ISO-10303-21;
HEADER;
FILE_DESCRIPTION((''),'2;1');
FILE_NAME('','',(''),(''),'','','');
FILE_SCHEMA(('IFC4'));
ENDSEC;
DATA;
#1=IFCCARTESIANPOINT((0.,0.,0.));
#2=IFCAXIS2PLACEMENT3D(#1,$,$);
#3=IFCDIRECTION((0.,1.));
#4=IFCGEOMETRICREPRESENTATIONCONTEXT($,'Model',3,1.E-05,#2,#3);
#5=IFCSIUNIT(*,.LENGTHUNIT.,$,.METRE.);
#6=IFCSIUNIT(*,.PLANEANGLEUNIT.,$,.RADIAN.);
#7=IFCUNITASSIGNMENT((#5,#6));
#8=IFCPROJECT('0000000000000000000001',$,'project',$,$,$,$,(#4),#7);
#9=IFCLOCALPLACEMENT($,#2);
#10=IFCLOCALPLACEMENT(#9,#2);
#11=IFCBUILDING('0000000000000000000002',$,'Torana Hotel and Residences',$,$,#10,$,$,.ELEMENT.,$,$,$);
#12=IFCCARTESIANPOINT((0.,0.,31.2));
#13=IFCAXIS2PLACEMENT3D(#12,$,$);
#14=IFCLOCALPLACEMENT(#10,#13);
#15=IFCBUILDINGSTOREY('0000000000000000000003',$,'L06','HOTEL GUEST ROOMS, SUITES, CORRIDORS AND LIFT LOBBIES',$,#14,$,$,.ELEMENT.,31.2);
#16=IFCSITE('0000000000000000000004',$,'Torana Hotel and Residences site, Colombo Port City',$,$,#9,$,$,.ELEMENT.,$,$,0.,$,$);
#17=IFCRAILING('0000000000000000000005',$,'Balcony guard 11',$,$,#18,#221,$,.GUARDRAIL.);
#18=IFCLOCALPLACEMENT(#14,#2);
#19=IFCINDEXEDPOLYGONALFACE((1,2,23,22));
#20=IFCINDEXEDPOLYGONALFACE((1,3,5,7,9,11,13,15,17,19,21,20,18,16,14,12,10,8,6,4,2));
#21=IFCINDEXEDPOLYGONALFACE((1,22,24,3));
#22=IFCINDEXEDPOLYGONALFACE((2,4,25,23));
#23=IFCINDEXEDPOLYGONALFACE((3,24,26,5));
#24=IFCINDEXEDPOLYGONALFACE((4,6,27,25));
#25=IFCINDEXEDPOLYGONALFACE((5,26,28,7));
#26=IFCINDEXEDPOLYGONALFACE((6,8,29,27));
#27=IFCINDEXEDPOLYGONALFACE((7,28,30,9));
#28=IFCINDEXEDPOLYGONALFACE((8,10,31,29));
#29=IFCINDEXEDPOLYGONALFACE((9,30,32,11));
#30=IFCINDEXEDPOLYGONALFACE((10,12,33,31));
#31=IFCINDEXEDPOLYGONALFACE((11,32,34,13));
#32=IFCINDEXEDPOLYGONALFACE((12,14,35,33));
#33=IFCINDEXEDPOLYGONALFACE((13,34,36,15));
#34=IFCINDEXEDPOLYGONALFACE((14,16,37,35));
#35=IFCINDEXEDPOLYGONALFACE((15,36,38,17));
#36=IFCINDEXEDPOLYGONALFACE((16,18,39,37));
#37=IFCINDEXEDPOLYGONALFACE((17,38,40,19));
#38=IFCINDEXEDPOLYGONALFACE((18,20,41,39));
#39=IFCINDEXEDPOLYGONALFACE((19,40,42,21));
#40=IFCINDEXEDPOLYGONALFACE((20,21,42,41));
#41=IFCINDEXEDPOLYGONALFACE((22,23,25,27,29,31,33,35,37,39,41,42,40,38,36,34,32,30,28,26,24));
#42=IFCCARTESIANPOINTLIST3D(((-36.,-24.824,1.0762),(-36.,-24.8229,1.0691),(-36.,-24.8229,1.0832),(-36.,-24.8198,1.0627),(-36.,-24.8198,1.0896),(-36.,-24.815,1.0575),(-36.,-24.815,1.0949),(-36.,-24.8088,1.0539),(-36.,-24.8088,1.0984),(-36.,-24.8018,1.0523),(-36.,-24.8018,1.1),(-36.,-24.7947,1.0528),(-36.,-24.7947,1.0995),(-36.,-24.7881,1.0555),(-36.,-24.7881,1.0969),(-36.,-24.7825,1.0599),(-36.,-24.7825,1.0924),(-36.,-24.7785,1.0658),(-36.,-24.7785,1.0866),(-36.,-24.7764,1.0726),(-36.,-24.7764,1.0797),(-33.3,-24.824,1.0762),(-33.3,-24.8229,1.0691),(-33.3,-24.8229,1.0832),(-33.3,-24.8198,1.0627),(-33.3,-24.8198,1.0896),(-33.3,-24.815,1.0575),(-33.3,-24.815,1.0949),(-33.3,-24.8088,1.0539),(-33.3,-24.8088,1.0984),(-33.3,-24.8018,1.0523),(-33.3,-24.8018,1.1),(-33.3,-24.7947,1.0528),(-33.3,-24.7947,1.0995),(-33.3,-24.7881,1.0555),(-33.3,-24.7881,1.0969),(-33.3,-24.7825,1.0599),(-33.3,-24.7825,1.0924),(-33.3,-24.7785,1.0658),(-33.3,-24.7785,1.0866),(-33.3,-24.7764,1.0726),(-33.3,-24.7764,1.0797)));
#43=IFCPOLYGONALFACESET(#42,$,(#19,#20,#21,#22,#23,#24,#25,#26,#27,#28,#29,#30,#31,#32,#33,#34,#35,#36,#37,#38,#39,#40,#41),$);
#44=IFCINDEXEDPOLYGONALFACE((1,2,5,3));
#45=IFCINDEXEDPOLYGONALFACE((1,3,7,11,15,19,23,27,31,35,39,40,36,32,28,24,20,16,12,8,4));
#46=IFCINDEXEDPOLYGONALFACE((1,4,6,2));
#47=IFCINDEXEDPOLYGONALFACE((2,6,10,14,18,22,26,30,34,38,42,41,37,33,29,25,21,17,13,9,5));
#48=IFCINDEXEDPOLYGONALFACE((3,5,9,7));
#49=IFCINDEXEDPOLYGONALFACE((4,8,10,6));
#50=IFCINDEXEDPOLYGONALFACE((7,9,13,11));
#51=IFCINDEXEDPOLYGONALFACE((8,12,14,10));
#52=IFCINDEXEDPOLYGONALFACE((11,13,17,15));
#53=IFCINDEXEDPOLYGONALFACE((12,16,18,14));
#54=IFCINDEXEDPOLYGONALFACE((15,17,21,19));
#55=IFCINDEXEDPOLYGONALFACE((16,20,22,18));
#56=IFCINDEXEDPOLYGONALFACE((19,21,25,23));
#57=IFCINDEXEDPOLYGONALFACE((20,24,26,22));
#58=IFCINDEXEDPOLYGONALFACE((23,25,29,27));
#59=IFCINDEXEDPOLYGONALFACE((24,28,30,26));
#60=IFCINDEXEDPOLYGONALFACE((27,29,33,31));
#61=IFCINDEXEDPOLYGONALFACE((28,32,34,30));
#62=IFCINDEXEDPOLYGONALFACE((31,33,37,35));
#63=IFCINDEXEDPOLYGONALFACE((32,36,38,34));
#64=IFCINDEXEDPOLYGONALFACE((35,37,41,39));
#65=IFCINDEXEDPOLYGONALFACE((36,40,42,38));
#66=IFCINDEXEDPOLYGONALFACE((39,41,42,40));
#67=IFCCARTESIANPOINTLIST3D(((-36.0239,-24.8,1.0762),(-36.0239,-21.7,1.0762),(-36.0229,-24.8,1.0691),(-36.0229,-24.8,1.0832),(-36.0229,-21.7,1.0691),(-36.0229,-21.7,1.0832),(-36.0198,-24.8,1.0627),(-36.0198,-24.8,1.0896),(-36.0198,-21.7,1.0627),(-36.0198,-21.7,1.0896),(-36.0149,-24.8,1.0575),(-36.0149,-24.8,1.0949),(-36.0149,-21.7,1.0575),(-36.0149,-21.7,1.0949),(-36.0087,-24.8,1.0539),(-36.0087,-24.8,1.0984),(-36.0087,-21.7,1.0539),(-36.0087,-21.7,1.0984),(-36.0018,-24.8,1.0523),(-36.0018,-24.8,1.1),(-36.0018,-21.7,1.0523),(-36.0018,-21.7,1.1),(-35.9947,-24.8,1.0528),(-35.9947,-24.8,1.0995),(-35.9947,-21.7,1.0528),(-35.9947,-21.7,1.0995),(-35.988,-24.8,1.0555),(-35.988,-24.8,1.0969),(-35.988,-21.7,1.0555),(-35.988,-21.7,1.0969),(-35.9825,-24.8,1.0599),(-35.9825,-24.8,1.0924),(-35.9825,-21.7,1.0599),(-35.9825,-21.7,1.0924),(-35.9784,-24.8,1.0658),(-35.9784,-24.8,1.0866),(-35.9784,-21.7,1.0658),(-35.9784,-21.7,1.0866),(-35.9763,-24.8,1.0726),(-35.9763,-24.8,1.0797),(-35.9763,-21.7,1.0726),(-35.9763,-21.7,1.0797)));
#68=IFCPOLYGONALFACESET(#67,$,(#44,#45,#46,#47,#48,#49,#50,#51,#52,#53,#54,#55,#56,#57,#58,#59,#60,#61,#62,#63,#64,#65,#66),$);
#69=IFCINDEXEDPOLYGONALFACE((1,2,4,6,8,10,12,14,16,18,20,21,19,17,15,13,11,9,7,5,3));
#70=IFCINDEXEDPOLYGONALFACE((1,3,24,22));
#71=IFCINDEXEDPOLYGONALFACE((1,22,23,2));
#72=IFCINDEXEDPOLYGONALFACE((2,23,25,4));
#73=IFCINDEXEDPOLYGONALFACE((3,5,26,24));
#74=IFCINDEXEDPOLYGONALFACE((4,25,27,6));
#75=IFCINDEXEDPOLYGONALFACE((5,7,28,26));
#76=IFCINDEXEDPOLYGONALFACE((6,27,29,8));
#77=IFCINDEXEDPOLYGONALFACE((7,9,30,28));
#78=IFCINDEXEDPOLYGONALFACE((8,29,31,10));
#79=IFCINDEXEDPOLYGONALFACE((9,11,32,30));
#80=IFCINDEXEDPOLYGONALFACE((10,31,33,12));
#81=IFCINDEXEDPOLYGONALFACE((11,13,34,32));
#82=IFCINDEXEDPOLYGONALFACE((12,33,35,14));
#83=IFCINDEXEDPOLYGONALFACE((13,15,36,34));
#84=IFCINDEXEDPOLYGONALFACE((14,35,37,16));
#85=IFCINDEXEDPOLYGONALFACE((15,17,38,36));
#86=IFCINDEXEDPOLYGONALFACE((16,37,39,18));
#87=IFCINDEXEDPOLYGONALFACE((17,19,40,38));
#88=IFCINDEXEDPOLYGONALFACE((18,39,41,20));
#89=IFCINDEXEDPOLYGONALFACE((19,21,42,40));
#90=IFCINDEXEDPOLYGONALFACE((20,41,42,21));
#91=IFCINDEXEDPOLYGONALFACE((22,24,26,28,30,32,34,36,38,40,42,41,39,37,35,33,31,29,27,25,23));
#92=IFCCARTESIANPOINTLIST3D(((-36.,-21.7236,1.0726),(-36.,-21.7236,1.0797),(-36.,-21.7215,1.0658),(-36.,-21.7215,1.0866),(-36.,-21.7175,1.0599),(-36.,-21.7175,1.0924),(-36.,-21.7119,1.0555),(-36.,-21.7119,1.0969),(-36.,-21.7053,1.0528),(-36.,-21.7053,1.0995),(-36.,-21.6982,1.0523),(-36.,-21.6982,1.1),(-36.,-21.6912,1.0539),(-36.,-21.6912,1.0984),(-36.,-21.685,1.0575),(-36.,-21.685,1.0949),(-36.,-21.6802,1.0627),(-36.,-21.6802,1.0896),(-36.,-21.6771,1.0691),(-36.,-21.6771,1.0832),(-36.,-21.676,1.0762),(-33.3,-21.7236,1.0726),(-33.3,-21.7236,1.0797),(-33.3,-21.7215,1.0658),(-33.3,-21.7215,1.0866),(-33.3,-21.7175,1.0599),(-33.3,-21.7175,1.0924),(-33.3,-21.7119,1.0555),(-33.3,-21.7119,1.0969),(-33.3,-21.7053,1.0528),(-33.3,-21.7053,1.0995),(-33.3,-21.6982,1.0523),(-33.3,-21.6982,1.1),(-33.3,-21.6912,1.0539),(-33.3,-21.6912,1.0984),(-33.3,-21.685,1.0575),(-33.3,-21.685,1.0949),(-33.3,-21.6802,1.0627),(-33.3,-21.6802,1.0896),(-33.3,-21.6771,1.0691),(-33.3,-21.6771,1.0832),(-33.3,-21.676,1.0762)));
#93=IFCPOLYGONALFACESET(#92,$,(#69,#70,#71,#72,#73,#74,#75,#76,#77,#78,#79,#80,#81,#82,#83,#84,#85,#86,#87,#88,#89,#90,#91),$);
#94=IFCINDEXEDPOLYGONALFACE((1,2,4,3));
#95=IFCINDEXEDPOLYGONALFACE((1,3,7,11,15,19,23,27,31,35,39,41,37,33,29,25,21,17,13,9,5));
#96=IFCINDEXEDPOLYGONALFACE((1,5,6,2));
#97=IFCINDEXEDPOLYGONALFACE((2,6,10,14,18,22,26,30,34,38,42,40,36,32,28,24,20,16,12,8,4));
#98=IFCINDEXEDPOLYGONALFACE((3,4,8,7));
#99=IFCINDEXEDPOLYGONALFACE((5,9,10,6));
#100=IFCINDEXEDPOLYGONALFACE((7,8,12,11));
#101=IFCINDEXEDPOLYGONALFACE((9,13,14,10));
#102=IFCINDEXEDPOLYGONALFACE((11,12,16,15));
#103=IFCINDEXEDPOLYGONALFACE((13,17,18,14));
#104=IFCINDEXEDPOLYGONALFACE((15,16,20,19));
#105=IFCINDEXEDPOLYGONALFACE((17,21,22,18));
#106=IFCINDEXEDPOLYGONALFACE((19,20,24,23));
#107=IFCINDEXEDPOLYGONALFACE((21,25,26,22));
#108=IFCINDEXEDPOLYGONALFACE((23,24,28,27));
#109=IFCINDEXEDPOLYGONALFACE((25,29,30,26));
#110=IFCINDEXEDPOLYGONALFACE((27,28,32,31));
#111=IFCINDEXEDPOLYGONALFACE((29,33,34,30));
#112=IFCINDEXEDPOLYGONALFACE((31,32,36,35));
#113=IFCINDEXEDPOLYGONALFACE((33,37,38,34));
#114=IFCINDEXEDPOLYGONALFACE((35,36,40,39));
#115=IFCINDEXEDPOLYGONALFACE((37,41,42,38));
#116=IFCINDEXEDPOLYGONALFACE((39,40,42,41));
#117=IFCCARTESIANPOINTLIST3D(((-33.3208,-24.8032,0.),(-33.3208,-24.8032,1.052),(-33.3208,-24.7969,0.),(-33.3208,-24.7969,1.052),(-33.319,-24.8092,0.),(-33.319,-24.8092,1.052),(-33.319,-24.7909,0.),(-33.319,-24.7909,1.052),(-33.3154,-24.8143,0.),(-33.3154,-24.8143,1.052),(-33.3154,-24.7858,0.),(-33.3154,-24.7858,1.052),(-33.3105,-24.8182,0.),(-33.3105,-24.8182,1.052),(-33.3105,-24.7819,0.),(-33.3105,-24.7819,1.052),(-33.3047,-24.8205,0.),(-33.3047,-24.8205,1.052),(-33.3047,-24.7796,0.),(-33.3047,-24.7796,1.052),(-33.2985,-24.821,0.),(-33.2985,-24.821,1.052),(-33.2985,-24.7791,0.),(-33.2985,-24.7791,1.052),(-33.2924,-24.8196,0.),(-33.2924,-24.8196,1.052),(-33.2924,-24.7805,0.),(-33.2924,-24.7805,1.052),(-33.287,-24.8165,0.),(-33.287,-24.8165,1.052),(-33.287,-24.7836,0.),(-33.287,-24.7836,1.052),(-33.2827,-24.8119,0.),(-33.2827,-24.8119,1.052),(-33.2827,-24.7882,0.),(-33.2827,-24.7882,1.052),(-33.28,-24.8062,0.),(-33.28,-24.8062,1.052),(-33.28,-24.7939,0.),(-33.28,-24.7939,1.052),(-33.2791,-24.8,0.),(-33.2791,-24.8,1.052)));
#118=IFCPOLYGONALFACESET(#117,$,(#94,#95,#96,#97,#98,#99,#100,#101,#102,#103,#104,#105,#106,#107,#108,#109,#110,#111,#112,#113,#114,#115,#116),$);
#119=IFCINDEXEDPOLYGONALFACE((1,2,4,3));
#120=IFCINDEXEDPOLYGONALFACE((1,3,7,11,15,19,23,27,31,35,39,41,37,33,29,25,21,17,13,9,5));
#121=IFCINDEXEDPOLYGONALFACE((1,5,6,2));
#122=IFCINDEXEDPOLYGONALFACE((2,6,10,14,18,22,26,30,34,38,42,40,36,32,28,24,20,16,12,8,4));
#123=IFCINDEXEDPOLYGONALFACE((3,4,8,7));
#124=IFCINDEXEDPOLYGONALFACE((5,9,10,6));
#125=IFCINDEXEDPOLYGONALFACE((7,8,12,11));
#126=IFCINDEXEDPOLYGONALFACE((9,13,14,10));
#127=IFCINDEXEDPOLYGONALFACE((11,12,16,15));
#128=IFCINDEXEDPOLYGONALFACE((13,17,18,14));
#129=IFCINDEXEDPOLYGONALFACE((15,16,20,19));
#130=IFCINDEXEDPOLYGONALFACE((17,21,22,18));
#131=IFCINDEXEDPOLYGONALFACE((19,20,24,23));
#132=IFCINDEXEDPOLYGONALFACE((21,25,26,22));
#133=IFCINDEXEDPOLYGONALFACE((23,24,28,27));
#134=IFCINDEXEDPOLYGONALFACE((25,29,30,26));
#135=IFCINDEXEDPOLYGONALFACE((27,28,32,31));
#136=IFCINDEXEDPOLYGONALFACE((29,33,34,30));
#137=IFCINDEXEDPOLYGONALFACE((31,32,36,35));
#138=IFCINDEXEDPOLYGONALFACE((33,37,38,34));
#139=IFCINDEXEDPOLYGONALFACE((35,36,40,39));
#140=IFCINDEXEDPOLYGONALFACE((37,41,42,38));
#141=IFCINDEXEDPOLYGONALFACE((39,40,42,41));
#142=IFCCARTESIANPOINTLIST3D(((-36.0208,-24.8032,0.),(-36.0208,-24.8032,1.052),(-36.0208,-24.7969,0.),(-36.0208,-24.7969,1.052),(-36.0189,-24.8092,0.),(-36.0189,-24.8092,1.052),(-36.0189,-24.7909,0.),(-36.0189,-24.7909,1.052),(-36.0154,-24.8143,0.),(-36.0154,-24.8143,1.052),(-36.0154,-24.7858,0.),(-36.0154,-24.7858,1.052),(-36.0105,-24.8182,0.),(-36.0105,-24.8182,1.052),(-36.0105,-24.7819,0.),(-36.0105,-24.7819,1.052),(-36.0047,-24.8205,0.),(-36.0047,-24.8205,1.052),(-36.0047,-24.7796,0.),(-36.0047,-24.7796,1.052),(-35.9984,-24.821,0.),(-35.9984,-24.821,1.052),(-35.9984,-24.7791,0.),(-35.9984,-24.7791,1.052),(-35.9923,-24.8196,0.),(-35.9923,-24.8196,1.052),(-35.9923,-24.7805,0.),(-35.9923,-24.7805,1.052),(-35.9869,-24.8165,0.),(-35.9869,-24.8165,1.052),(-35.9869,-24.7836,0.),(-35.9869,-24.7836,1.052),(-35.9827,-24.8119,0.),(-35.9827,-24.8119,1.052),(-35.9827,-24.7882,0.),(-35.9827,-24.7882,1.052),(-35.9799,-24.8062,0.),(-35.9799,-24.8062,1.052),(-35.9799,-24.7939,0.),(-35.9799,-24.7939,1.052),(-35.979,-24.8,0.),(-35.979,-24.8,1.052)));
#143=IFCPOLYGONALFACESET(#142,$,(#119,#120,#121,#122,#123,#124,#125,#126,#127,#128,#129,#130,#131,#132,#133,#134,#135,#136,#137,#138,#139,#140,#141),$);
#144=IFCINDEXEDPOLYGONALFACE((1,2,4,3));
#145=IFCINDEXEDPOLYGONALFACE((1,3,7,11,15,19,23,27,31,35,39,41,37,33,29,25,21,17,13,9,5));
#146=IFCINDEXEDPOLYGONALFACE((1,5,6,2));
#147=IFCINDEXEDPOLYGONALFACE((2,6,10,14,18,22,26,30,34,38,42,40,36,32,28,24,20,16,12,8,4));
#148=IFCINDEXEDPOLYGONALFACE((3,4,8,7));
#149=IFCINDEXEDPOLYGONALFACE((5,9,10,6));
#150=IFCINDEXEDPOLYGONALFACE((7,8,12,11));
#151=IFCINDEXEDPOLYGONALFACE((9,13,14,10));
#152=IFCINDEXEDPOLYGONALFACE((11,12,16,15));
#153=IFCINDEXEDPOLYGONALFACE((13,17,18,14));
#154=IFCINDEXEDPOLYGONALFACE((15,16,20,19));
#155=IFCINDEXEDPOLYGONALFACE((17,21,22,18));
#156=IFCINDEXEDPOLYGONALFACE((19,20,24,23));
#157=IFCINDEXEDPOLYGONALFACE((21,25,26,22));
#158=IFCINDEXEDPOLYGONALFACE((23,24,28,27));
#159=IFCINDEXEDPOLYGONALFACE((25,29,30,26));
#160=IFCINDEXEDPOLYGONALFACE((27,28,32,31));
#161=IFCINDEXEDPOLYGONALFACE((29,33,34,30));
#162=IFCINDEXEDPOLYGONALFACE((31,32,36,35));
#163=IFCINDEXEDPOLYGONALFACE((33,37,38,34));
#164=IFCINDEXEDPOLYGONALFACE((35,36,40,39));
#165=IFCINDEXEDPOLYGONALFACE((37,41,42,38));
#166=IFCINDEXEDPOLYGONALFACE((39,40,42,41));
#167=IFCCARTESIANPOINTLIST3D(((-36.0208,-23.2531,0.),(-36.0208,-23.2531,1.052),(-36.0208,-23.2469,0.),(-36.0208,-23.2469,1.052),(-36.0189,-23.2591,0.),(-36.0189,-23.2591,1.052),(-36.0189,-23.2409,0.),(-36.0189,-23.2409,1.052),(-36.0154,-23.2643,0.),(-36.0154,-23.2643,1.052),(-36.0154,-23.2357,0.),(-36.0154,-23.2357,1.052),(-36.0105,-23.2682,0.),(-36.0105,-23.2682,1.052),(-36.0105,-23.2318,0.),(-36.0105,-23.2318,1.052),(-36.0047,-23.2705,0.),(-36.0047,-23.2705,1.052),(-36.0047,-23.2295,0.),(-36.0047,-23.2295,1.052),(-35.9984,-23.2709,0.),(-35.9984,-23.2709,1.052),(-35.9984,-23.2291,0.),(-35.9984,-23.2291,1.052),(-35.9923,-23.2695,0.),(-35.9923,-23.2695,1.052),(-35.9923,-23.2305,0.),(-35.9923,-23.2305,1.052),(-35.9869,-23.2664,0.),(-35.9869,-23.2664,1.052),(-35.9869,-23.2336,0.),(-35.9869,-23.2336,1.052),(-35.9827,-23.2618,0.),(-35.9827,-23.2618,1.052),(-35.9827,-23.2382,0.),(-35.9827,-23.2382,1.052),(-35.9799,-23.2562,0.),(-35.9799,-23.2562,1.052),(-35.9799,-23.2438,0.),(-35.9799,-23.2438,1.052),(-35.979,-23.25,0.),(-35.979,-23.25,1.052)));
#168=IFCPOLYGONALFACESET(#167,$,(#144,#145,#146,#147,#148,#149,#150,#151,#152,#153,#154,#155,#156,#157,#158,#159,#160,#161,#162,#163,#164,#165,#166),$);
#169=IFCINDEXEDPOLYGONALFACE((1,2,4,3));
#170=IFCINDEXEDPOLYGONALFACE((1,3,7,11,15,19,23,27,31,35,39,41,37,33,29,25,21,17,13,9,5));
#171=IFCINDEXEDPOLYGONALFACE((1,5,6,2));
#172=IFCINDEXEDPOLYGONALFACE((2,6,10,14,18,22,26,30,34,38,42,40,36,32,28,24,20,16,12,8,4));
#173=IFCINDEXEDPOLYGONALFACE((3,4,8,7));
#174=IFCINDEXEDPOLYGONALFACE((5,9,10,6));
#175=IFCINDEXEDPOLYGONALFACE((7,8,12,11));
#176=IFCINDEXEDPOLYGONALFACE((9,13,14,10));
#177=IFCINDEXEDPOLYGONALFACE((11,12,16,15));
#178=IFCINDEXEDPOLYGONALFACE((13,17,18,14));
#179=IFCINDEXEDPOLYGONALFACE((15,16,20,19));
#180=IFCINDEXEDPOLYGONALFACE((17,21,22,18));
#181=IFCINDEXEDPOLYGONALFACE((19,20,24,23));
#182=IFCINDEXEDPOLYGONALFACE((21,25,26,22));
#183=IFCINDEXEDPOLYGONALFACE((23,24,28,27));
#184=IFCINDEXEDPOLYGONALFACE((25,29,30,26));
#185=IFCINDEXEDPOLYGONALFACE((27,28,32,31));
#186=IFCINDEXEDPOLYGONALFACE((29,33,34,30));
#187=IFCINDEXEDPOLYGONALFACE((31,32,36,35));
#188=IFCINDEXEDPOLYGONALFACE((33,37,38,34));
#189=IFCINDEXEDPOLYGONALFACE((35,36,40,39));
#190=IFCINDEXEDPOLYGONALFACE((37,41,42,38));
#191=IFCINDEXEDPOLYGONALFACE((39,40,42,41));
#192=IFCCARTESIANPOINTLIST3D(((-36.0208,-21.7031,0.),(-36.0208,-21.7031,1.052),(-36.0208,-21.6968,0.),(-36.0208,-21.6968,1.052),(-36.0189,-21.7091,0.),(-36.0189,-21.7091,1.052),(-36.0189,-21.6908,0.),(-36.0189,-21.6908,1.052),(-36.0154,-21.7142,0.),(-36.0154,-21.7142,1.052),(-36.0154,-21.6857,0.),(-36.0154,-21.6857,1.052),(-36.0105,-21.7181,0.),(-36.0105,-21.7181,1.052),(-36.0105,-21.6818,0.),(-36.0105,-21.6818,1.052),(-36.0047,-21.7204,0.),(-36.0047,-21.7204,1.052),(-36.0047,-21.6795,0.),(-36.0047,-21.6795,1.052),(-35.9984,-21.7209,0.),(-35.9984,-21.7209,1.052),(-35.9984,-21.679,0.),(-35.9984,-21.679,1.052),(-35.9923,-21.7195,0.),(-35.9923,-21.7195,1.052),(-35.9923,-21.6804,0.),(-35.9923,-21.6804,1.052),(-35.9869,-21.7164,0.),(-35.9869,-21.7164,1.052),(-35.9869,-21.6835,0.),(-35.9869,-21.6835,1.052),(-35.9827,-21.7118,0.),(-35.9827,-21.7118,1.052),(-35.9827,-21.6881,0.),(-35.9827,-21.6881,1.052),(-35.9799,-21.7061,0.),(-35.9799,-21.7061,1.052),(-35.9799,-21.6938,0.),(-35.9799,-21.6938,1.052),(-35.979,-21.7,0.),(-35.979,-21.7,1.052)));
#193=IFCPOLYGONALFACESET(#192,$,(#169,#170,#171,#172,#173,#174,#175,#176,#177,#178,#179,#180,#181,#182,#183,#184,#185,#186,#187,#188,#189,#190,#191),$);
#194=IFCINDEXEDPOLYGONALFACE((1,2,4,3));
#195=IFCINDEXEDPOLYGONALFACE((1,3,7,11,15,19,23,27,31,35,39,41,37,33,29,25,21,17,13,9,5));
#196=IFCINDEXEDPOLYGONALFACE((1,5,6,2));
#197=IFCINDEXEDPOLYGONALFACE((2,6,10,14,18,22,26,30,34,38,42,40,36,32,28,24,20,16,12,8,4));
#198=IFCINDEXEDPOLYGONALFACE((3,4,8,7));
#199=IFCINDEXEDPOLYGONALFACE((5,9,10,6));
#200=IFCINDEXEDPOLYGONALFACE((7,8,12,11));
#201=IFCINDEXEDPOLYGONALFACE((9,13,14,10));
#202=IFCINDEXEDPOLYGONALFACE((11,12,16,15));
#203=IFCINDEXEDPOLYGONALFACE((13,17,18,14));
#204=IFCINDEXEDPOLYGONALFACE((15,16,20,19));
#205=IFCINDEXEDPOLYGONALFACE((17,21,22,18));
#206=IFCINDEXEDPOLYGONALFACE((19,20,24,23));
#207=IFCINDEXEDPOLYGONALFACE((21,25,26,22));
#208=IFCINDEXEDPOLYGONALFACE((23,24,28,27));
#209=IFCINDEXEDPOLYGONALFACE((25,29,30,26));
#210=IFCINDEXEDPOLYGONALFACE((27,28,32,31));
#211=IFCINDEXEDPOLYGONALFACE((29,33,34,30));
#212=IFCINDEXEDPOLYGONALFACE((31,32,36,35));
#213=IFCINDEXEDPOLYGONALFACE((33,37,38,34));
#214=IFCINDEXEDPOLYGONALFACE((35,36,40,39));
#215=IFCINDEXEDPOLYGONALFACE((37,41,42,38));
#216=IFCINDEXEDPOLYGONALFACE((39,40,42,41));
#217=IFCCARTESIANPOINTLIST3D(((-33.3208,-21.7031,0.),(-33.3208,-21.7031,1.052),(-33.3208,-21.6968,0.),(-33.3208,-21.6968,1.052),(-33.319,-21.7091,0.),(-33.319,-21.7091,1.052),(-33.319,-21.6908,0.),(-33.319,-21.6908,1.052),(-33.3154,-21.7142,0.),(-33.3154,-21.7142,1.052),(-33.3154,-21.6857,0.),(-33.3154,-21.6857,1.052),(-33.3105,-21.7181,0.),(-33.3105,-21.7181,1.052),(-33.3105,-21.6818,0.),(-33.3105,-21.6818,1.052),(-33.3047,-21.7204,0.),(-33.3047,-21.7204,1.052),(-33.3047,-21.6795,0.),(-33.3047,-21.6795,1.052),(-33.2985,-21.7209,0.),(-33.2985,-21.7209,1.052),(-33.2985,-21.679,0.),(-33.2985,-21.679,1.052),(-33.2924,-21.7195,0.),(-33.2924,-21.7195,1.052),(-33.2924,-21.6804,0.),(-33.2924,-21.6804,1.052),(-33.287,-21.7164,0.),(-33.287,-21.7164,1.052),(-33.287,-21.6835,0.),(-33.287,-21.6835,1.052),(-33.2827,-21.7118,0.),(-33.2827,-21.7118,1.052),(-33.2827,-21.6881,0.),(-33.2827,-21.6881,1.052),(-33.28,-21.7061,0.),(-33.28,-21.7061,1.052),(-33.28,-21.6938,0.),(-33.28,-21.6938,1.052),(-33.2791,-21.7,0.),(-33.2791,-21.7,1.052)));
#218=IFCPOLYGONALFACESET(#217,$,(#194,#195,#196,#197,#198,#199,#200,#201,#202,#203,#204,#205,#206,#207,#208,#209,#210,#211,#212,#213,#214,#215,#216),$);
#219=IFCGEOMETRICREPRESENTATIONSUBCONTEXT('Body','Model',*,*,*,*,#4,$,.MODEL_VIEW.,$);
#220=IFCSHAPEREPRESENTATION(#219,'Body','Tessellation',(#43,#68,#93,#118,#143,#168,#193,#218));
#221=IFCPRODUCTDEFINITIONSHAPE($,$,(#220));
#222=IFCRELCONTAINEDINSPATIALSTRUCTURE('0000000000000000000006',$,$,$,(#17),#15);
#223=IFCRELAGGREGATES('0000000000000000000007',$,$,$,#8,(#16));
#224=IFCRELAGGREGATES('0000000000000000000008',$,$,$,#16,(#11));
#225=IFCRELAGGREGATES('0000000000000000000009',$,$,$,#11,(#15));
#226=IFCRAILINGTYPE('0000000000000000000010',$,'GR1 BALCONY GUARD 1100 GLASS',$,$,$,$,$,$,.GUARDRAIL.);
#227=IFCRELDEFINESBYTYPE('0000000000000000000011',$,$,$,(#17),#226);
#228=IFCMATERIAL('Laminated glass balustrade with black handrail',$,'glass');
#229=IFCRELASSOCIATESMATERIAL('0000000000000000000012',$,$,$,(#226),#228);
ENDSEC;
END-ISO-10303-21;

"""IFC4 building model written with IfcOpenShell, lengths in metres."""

from ifc_helpers import new_model, si_unit, direction, frame, origin, origin_2d, place, context, subcontext, project, spatial, circle, extrude, material, type_object, element, save


model = new_model("IFC4")

# Units and contexts
model_context = context("Model", 3, precision=1e-05, world=origin(), true_north=direction((0.0, 1.0)))
body_context = subcontext(model_context, "Body", "Model", "MODEL_VIEW")
ifc_project = project(units=[si_unit("LENGTHUNIT", "METRE"), si_unit("PLANEANGLEUNIT", "RADIAN")], contexts=[model_context])

# Site, building, storey
site_placement = place(None, origin())
site = spatial("IfcSite", under=ifc_project, at=site_placement, Name="Torana Hotel and Residences site, Colombo Port City", CompositionType="ELEMENT", RefElevation=0.0)
building_placement = place(site_placement, origin())
building = spatial("IfcBuilding", under=site, at=building_placement, Name="Torana Hotel and Residences", CompositionType="ELEMENT")
storey_placement = place(building_placement, frame((0.0, 0.0, 31.2)))
storey = spatial("IfcBuildingStorey", under=building, at=storey_placement, Name="L06", Description="HOTEL GUEST ROOMS, SUITES, CORRIDORS AND LIFT LOBBIES", CompositionType="ELEMENT", Elevation=31.2)

# Railing
ifc_material_1 = material(Name="Laminated glass balustrade with black handrail", Category="glass")
railing_type = type_object("IfcRailingType", Name="GR1 BALCONY GUARD 1100 GLASS", PredefinedType="GUARDRAIL", material=ifc_material_1)
railing_1_placement = place(storey_placement, frame((-33.3, -24.8, 0.0)))
element("IfcRailing", 1, at=railing_1_placement, inside=storey, type_object=railing_type, Name="Balcony guard 11", PredefinedType="GUARDRAIL", context=body_context, shape_type="SweptSolid", body=[
    extrude(circle(Radius=0.0239, at=origin_2d()), frame((0.0, 0.0, 1.0762), z_axis=(-1.0, 0.0, 0.0), x_axis=(0.0, -1.0, 0.0)), (0.0, 0.0, 1.0), 2.7),
    extrude(circle(Radius=0.0239, at=origin_2d()), frame((-2.7, 0.0, 1.0762), z_axis=(0.0, 1.0, 0.0), x_axis=(-1.0, 0.0, 0.0)), (0.0, 0.0, 1.0), 3.1001),
    extrude(circle(Radius=0.0239, at=origin_2d()), frame((-2.7, 3.1001, 1.0762), z_axis=(1.0, 0.0, 0.0), x_axis=(0.0, 1.0, 0.0)), (0.0, 0.0, 1.0), 2.7),
    extrude(circle(Radius=0.021, at=origin_2d()), origin(), (0.0, 0.0, 1.0), 1.052),
    extrude(circle(Radius=0.021, at=origin_2d()), frame((-2.7, 0.0, 0.0)), (0.0, 0.0, 1.0), 1.052),
    extrude(circle(Radius=0.021, at=origin_2d()), frame((-2.7, 1.55, 0.0)), (0.0, 0.0, 1.0), 1.052),
    extrude(circle(Radius=0.021, at=origin_2d()), frame((-2.7, 3.1001, 0.0)), (0.0, 0.0, 1.0), 1.052),
    extrude(circle(Radius=0.021, at=origin_2d()), frame((0.0, 3.1001, 0.0)), (0.0, 0.0, 1.0), 1.052),
])

save(model, "model.ifc")
